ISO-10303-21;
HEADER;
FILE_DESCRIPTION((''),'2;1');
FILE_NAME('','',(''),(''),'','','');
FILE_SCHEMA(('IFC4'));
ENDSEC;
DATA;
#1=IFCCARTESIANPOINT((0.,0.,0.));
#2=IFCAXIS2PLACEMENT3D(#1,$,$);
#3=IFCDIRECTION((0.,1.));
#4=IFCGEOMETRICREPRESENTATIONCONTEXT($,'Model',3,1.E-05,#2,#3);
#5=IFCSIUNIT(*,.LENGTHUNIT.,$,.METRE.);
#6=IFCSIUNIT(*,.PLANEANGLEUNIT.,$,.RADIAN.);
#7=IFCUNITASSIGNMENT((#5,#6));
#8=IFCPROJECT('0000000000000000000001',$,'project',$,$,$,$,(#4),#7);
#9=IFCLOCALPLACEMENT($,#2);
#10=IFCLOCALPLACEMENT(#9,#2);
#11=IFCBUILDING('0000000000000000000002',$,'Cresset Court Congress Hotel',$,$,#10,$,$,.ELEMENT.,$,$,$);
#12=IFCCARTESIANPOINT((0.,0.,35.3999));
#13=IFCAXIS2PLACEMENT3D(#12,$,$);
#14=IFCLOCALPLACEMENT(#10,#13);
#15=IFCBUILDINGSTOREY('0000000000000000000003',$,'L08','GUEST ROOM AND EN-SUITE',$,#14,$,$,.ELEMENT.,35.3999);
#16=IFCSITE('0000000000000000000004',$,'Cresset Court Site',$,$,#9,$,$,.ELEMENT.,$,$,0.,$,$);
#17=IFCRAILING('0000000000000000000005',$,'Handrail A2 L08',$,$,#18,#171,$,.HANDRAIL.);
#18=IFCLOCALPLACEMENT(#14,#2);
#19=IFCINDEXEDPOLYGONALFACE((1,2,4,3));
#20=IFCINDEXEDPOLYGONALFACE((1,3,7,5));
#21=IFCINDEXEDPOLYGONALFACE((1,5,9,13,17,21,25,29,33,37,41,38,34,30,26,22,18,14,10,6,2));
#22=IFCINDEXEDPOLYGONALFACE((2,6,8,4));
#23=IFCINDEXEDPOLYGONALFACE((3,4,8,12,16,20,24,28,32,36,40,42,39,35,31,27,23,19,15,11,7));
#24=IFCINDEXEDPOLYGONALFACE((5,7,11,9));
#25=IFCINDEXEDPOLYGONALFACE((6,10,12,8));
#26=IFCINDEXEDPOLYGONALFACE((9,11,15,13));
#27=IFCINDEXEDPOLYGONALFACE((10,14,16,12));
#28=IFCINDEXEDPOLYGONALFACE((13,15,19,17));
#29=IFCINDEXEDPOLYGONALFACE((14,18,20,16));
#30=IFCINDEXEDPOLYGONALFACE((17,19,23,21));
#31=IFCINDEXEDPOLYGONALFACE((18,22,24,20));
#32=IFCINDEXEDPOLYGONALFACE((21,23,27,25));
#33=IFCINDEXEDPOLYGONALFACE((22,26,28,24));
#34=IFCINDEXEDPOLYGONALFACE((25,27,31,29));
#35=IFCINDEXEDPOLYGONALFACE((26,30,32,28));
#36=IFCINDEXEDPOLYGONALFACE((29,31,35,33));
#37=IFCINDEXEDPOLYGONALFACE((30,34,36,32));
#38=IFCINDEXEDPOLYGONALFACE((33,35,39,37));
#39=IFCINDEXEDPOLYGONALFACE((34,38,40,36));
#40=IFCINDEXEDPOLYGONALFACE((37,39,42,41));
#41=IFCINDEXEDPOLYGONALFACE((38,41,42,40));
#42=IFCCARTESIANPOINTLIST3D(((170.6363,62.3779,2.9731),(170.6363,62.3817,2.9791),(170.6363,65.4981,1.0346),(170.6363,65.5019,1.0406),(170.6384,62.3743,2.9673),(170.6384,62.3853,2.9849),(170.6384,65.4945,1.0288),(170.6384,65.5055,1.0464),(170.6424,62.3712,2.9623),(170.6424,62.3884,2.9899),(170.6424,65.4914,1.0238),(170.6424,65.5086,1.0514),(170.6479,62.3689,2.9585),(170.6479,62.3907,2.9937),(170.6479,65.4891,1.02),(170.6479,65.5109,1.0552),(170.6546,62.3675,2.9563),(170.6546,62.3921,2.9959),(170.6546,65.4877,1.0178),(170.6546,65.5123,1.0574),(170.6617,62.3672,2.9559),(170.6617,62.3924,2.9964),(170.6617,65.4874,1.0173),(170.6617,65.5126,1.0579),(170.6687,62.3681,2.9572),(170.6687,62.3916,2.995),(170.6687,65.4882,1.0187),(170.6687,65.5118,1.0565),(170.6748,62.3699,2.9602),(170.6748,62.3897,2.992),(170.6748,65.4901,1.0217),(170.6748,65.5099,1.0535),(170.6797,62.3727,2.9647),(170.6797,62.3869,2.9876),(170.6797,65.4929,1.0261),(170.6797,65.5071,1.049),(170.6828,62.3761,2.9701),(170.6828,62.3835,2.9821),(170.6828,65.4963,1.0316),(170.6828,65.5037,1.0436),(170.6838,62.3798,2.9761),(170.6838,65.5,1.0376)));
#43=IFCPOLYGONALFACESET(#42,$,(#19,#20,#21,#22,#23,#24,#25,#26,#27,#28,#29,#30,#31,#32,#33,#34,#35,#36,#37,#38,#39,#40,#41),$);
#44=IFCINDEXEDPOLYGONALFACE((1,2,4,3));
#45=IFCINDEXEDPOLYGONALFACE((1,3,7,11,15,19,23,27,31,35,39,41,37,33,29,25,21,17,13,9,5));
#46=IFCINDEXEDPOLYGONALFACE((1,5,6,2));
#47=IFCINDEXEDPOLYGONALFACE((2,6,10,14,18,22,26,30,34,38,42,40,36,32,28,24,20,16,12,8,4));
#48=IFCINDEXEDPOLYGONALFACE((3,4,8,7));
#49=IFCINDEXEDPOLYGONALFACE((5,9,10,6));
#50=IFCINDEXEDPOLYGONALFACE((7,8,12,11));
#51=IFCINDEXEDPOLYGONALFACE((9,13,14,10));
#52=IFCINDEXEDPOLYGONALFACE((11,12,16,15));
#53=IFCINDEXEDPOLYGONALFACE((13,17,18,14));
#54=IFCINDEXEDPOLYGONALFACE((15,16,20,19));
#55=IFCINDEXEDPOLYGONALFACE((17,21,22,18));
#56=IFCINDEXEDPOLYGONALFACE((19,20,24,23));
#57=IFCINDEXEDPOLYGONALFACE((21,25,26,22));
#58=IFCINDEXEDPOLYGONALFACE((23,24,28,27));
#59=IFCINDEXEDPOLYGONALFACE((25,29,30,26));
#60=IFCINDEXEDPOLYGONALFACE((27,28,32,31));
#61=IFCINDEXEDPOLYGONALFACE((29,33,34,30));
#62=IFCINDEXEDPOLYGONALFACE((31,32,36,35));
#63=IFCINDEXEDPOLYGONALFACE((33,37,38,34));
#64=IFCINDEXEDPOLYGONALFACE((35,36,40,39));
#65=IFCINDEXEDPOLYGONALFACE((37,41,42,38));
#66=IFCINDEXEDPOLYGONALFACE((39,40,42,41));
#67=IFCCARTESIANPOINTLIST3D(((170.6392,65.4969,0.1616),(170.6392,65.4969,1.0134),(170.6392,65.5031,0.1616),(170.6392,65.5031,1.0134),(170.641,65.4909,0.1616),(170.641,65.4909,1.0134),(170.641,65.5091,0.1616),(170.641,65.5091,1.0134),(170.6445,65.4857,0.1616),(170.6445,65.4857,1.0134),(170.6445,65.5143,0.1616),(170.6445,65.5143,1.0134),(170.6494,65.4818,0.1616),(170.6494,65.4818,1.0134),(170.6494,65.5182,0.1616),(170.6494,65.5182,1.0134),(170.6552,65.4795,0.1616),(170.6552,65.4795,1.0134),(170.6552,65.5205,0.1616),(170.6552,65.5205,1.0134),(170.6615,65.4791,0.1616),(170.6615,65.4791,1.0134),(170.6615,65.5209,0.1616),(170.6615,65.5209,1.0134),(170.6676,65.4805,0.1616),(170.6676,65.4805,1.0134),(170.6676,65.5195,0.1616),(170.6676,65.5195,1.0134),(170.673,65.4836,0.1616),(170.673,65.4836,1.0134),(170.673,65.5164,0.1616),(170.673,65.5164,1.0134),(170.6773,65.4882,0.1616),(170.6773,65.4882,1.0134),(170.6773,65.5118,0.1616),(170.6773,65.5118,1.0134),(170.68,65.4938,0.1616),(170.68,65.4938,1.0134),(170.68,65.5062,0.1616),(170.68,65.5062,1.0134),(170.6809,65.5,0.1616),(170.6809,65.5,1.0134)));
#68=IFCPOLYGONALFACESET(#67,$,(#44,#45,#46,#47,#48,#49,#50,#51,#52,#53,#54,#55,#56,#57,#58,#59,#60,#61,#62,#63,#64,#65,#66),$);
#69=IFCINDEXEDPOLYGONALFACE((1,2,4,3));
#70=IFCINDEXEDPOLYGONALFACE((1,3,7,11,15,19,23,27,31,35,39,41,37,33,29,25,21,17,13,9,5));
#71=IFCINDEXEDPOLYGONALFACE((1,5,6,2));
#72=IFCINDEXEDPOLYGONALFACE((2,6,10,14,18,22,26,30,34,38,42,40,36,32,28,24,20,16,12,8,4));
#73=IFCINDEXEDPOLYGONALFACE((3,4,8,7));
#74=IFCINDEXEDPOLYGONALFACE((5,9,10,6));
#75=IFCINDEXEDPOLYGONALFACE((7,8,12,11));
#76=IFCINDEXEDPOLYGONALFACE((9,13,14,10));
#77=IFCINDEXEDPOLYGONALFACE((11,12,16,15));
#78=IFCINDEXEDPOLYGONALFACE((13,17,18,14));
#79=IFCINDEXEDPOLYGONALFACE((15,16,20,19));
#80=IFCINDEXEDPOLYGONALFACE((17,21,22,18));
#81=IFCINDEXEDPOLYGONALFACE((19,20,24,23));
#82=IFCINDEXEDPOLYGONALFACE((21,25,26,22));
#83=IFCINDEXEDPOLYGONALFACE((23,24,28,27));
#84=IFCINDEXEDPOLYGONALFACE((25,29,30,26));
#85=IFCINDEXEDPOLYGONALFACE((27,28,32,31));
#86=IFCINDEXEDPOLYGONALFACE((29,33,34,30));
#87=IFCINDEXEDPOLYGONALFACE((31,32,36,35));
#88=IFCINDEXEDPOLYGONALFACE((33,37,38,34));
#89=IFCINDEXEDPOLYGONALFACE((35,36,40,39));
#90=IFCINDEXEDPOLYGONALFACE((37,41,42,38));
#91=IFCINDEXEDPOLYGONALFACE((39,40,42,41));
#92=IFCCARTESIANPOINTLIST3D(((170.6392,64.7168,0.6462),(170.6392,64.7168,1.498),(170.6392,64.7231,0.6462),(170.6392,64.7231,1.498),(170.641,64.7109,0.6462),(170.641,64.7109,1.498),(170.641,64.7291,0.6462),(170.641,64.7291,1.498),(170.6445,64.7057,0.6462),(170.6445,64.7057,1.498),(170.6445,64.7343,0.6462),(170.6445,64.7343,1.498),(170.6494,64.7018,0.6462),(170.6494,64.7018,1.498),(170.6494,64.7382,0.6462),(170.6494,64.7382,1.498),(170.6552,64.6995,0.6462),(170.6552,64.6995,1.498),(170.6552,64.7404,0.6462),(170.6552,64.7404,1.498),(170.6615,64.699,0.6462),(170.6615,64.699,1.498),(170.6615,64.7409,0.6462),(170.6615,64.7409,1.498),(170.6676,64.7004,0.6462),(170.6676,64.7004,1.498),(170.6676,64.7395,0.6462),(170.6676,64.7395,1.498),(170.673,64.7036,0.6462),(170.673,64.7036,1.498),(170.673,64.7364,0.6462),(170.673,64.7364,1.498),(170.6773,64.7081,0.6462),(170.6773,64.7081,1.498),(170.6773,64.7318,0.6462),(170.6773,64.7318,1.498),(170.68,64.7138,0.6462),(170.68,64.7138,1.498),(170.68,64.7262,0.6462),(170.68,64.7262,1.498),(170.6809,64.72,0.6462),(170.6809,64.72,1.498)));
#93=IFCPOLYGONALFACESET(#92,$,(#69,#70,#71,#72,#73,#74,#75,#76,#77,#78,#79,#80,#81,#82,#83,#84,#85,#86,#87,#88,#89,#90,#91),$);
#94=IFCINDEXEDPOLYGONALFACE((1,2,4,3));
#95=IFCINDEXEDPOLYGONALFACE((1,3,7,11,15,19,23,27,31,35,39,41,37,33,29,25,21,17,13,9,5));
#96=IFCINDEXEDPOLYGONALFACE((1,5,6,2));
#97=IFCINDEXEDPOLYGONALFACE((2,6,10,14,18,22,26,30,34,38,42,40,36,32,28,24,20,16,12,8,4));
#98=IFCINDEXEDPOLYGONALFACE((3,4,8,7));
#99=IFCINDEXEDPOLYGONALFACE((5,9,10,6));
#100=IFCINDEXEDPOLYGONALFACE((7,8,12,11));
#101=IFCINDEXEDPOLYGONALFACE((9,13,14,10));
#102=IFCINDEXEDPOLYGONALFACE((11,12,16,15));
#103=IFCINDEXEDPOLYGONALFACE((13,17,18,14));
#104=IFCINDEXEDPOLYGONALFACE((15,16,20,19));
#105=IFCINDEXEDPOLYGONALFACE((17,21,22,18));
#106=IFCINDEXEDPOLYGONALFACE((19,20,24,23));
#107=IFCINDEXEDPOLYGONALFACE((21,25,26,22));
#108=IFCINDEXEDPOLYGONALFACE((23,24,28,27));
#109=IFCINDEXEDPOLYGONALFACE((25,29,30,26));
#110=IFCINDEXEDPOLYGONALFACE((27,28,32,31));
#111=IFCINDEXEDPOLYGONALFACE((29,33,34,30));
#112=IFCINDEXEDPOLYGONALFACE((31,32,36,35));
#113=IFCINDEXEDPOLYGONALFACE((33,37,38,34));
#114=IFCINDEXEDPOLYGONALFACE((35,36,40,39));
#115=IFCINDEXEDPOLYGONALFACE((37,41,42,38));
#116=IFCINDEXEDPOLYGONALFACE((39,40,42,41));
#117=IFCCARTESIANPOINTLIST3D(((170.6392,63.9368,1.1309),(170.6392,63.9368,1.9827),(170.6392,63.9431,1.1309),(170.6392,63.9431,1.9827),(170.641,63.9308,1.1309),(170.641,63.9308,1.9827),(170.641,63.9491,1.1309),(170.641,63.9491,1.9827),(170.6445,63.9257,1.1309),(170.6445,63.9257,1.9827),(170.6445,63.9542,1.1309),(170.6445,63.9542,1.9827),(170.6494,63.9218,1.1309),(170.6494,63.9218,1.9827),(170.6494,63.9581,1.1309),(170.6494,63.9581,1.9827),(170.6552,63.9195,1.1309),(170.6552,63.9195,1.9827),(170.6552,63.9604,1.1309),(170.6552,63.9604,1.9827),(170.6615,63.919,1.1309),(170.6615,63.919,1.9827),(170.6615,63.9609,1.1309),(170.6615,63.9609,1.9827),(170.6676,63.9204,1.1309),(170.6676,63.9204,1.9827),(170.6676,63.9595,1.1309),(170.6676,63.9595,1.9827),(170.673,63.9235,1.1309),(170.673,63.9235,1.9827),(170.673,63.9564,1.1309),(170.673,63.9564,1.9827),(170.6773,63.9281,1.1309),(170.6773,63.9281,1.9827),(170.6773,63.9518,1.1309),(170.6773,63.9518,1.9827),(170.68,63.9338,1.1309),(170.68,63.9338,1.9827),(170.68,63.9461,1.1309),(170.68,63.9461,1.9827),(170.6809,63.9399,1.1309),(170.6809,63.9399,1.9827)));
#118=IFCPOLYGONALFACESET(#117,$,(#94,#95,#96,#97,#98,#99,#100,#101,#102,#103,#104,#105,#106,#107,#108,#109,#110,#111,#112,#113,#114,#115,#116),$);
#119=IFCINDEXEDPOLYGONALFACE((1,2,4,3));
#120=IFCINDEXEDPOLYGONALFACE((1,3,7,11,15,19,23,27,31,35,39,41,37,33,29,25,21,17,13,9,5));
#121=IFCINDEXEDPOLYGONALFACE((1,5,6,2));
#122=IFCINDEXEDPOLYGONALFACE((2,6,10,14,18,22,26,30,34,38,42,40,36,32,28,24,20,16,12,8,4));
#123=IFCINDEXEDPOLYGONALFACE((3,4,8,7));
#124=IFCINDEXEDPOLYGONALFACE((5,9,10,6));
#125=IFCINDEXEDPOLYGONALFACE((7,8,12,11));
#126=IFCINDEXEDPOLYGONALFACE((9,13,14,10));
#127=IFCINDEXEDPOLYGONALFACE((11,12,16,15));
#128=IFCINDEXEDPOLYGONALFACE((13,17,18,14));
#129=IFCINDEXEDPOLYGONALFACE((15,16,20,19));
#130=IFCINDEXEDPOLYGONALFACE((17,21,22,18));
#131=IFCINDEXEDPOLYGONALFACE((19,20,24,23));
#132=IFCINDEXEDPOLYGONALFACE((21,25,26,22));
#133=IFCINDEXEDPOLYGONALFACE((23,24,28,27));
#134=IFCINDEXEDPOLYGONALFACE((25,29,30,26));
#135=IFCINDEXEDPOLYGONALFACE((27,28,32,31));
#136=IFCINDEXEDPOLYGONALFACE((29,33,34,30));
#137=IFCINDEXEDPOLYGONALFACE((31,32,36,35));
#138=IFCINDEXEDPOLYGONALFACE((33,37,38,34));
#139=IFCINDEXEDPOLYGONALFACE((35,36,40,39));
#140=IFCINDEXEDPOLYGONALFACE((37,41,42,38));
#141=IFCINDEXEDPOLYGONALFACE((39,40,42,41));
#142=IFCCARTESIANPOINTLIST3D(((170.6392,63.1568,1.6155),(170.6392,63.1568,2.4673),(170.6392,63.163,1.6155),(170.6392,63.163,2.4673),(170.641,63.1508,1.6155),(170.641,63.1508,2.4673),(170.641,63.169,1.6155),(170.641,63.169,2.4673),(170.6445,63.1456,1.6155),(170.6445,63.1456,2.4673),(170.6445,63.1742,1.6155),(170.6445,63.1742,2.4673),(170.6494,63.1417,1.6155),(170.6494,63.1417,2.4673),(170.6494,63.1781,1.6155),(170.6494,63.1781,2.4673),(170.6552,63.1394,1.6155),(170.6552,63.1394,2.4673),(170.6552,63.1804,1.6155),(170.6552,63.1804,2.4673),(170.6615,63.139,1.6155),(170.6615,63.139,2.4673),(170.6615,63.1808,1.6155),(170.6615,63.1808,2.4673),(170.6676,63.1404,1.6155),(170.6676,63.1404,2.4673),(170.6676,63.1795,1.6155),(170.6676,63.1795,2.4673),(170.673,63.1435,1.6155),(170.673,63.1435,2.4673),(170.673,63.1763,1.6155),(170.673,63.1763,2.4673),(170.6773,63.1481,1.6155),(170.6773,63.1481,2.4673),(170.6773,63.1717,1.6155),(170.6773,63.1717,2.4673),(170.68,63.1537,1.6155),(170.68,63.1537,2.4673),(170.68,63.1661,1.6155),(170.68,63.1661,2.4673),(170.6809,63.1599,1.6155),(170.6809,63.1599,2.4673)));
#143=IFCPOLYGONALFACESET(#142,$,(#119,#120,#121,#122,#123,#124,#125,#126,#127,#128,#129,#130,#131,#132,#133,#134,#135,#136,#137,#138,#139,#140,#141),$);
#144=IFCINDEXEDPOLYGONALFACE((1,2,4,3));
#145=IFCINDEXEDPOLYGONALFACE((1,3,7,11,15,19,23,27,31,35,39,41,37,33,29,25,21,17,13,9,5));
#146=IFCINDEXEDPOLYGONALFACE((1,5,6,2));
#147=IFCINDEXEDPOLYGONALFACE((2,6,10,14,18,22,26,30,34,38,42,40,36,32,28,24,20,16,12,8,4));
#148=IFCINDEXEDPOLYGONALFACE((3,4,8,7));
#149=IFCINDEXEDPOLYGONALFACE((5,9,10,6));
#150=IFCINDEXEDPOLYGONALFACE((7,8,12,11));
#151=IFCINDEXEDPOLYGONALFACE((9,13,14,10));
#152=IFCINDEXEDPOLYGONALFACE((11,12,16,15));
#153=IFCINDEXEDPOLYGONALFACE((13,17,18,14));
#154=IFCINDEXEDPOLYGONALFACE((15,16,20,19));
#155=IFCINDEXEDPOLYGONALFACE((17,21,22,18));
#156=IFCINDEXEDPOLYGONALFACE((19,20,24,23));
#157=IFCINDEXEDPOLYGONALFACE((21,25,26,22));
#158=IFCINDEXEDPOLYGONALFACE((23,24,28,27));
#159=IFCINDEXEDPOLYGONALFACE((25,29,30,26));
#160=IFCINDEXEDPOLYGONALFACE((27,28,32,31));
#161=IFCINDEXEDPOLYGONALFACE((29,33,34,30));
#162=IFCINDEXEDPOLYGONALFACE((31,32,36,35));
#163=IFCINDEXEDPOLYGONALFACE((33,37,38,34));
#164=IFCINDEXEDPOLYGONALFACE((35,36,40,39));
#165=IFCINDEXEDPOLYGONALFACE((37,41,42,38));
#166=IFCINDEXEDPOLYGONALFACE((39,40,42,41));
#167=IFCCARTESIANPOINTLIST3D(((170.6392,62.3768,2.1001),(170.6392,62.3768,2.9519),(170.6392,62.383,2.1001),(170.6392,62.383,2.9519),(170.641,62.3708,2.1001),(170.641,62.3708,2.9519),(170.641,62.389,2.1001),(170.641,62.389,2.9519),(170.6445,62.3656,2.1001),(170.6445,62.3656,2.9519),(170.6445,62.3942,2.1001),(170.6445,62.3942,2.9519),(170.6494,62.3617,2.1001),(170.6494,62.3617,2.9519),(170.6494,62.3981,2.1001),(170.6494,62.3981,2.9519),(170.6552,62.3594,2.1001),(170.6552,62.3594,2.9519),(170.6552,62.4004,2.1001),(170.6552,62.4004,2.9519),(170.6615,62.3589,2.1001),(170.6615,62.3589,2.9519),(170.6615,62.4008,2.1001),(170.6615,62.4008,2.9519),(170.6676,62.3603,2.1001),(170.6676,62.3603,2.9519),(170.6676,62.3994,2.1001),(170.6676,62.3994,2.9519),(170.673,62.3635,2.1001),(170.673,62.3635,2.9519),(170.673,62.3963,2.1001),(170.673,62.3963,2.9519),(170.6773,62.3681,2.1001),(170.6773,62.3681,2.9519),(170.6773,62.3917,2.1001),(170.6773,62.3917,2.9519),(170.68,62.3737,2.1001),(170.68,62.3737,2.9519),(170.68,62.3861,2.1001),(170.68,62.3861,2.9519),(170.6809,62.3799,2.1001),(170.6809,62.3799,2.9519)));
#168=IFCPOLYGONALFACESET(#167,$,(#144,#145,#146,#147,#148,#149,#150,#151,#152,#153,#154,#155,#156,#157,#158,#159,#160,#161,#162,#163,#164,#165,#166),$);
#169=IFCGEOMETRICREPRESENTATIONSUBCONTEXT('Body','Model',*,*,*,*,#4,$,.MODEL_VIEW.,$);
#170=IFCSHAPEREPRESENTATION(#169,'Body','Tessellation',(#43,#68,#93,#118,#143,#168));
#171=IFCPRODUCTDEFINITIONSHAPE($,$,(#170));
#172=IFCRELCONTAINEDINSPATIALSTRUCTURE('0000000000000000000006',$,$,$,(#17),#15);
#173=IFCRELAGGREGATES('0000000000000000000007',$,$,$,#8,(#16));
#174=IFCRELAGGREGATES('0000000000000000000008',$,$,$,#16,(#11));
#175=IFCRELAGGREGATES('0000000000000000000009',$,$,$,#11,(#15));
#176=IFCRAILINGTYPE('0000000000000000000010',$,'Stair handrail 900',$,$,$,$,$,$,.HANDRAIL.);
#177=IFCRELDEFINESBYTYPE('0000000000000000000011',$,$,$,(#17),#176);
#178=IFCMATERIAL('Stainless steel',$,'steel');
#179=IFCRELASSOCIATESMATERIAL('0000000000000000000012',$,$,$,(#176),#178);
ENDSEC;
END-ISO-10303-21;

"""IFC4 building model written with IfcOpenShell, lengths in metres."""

from ifc_helpers import new_model, si_unit, direction, frame, origin, origin_2d, place, context, subcontext, project, spatial, circle, extrude, material, type_object, element, save


model = new_model("IFC4")

# Units and contexts
model_context = context("Model", 3, precision=1e-05, world=origin(), true_north=direction((0.0, 1.0)))
body_context = subcontext(model_context, "Body", "Model", "MODEL_VIEW")
ifc_project = project(units=[si_unit("LENGTHUNIT", "METRE"), si_unit("PLANEANGLEUNIT", "RADIAN")], contexts=[model_context])

# Site, building, storey
site_placement = place(None, origin())
site = spatial("IfcSite", under=ifc_project, at=site_placement, Name="Cresset Court Site", CompositionType="ELEMENT", RefElevation=0.0)
building_placement = place(site_placement, origin())
building = spatial("IfcBuilding", under=site, at=building_placement, Name="Cresset Court Congress Hotel", CompositionType="ELEMENT")
storey_placement = place(building_placement, frame((0.0, 0.0, 35.3999)))
storey = spatial("IfcBuildingStorey", under=building, at=storey_placement, Name="L08", Description="GUEST ROOM AND EN-SUITE", CompositionType="ELEMENT", Elevation=35.3999)

# Railing
ifc_material_1 = material(Name="Stainless steel", Category="steel")
railing_type_1 = type_object("IfcRailingType", Name="Stair handrail 900", PredefinedType="HANDRAIL", material=ifc_material_1)
for number, where, name in (
    (1, (170.6599, 65.5, 0.1616), "Handrail A2 L08"),
):
    element("IfcRailing", number, at=place(storey_placement, frame(where)), inside=storey, type_object=railing_type_1, Name=name, PredefinedType="HANDRAIL", context=body_context, shape_type="SweptSolid", body=[
        extrude(circle(Radius=0.0239, at=origin_2d()), frame((0.0, 0.0, 0.876), z_axis=(0.0, -0.849414, 0.527727), x_axis=(1.0, 0.0, 0.0)), (0.0, 0.0, 1.0), 3.6733),
        extrude(circle(Radius=0.021, at=origin_2d()), origin(), (0.0, 0.0, 1.0), 0.8518),
        extrude(circle(Radius=0.021, at=origin_2d()), frame((0.0, -0.78, 0.4846)), (0.0, 0.0, 1.0), 0.8518),
        extrude(circle(Radius=0.021, at=origin_2d()), frame((0.0, -1.5601, 0.9692)), (0.0, 0.0, 1.0), 0.8518),
        extrude(circle(Radius=0.021, at=origin_2d()), frame((0.0, -2.3401, 1.4539)), (0.0, 0.0, 1.0), 0.8518),
        extrude(circle(Radius=0.021, at=origin_2d()), frame((0.0, -3.1201, 1.9385)), (0.0, 0.0, 1.0), 0.8518),
    ])

save(model, "model.ifc")
